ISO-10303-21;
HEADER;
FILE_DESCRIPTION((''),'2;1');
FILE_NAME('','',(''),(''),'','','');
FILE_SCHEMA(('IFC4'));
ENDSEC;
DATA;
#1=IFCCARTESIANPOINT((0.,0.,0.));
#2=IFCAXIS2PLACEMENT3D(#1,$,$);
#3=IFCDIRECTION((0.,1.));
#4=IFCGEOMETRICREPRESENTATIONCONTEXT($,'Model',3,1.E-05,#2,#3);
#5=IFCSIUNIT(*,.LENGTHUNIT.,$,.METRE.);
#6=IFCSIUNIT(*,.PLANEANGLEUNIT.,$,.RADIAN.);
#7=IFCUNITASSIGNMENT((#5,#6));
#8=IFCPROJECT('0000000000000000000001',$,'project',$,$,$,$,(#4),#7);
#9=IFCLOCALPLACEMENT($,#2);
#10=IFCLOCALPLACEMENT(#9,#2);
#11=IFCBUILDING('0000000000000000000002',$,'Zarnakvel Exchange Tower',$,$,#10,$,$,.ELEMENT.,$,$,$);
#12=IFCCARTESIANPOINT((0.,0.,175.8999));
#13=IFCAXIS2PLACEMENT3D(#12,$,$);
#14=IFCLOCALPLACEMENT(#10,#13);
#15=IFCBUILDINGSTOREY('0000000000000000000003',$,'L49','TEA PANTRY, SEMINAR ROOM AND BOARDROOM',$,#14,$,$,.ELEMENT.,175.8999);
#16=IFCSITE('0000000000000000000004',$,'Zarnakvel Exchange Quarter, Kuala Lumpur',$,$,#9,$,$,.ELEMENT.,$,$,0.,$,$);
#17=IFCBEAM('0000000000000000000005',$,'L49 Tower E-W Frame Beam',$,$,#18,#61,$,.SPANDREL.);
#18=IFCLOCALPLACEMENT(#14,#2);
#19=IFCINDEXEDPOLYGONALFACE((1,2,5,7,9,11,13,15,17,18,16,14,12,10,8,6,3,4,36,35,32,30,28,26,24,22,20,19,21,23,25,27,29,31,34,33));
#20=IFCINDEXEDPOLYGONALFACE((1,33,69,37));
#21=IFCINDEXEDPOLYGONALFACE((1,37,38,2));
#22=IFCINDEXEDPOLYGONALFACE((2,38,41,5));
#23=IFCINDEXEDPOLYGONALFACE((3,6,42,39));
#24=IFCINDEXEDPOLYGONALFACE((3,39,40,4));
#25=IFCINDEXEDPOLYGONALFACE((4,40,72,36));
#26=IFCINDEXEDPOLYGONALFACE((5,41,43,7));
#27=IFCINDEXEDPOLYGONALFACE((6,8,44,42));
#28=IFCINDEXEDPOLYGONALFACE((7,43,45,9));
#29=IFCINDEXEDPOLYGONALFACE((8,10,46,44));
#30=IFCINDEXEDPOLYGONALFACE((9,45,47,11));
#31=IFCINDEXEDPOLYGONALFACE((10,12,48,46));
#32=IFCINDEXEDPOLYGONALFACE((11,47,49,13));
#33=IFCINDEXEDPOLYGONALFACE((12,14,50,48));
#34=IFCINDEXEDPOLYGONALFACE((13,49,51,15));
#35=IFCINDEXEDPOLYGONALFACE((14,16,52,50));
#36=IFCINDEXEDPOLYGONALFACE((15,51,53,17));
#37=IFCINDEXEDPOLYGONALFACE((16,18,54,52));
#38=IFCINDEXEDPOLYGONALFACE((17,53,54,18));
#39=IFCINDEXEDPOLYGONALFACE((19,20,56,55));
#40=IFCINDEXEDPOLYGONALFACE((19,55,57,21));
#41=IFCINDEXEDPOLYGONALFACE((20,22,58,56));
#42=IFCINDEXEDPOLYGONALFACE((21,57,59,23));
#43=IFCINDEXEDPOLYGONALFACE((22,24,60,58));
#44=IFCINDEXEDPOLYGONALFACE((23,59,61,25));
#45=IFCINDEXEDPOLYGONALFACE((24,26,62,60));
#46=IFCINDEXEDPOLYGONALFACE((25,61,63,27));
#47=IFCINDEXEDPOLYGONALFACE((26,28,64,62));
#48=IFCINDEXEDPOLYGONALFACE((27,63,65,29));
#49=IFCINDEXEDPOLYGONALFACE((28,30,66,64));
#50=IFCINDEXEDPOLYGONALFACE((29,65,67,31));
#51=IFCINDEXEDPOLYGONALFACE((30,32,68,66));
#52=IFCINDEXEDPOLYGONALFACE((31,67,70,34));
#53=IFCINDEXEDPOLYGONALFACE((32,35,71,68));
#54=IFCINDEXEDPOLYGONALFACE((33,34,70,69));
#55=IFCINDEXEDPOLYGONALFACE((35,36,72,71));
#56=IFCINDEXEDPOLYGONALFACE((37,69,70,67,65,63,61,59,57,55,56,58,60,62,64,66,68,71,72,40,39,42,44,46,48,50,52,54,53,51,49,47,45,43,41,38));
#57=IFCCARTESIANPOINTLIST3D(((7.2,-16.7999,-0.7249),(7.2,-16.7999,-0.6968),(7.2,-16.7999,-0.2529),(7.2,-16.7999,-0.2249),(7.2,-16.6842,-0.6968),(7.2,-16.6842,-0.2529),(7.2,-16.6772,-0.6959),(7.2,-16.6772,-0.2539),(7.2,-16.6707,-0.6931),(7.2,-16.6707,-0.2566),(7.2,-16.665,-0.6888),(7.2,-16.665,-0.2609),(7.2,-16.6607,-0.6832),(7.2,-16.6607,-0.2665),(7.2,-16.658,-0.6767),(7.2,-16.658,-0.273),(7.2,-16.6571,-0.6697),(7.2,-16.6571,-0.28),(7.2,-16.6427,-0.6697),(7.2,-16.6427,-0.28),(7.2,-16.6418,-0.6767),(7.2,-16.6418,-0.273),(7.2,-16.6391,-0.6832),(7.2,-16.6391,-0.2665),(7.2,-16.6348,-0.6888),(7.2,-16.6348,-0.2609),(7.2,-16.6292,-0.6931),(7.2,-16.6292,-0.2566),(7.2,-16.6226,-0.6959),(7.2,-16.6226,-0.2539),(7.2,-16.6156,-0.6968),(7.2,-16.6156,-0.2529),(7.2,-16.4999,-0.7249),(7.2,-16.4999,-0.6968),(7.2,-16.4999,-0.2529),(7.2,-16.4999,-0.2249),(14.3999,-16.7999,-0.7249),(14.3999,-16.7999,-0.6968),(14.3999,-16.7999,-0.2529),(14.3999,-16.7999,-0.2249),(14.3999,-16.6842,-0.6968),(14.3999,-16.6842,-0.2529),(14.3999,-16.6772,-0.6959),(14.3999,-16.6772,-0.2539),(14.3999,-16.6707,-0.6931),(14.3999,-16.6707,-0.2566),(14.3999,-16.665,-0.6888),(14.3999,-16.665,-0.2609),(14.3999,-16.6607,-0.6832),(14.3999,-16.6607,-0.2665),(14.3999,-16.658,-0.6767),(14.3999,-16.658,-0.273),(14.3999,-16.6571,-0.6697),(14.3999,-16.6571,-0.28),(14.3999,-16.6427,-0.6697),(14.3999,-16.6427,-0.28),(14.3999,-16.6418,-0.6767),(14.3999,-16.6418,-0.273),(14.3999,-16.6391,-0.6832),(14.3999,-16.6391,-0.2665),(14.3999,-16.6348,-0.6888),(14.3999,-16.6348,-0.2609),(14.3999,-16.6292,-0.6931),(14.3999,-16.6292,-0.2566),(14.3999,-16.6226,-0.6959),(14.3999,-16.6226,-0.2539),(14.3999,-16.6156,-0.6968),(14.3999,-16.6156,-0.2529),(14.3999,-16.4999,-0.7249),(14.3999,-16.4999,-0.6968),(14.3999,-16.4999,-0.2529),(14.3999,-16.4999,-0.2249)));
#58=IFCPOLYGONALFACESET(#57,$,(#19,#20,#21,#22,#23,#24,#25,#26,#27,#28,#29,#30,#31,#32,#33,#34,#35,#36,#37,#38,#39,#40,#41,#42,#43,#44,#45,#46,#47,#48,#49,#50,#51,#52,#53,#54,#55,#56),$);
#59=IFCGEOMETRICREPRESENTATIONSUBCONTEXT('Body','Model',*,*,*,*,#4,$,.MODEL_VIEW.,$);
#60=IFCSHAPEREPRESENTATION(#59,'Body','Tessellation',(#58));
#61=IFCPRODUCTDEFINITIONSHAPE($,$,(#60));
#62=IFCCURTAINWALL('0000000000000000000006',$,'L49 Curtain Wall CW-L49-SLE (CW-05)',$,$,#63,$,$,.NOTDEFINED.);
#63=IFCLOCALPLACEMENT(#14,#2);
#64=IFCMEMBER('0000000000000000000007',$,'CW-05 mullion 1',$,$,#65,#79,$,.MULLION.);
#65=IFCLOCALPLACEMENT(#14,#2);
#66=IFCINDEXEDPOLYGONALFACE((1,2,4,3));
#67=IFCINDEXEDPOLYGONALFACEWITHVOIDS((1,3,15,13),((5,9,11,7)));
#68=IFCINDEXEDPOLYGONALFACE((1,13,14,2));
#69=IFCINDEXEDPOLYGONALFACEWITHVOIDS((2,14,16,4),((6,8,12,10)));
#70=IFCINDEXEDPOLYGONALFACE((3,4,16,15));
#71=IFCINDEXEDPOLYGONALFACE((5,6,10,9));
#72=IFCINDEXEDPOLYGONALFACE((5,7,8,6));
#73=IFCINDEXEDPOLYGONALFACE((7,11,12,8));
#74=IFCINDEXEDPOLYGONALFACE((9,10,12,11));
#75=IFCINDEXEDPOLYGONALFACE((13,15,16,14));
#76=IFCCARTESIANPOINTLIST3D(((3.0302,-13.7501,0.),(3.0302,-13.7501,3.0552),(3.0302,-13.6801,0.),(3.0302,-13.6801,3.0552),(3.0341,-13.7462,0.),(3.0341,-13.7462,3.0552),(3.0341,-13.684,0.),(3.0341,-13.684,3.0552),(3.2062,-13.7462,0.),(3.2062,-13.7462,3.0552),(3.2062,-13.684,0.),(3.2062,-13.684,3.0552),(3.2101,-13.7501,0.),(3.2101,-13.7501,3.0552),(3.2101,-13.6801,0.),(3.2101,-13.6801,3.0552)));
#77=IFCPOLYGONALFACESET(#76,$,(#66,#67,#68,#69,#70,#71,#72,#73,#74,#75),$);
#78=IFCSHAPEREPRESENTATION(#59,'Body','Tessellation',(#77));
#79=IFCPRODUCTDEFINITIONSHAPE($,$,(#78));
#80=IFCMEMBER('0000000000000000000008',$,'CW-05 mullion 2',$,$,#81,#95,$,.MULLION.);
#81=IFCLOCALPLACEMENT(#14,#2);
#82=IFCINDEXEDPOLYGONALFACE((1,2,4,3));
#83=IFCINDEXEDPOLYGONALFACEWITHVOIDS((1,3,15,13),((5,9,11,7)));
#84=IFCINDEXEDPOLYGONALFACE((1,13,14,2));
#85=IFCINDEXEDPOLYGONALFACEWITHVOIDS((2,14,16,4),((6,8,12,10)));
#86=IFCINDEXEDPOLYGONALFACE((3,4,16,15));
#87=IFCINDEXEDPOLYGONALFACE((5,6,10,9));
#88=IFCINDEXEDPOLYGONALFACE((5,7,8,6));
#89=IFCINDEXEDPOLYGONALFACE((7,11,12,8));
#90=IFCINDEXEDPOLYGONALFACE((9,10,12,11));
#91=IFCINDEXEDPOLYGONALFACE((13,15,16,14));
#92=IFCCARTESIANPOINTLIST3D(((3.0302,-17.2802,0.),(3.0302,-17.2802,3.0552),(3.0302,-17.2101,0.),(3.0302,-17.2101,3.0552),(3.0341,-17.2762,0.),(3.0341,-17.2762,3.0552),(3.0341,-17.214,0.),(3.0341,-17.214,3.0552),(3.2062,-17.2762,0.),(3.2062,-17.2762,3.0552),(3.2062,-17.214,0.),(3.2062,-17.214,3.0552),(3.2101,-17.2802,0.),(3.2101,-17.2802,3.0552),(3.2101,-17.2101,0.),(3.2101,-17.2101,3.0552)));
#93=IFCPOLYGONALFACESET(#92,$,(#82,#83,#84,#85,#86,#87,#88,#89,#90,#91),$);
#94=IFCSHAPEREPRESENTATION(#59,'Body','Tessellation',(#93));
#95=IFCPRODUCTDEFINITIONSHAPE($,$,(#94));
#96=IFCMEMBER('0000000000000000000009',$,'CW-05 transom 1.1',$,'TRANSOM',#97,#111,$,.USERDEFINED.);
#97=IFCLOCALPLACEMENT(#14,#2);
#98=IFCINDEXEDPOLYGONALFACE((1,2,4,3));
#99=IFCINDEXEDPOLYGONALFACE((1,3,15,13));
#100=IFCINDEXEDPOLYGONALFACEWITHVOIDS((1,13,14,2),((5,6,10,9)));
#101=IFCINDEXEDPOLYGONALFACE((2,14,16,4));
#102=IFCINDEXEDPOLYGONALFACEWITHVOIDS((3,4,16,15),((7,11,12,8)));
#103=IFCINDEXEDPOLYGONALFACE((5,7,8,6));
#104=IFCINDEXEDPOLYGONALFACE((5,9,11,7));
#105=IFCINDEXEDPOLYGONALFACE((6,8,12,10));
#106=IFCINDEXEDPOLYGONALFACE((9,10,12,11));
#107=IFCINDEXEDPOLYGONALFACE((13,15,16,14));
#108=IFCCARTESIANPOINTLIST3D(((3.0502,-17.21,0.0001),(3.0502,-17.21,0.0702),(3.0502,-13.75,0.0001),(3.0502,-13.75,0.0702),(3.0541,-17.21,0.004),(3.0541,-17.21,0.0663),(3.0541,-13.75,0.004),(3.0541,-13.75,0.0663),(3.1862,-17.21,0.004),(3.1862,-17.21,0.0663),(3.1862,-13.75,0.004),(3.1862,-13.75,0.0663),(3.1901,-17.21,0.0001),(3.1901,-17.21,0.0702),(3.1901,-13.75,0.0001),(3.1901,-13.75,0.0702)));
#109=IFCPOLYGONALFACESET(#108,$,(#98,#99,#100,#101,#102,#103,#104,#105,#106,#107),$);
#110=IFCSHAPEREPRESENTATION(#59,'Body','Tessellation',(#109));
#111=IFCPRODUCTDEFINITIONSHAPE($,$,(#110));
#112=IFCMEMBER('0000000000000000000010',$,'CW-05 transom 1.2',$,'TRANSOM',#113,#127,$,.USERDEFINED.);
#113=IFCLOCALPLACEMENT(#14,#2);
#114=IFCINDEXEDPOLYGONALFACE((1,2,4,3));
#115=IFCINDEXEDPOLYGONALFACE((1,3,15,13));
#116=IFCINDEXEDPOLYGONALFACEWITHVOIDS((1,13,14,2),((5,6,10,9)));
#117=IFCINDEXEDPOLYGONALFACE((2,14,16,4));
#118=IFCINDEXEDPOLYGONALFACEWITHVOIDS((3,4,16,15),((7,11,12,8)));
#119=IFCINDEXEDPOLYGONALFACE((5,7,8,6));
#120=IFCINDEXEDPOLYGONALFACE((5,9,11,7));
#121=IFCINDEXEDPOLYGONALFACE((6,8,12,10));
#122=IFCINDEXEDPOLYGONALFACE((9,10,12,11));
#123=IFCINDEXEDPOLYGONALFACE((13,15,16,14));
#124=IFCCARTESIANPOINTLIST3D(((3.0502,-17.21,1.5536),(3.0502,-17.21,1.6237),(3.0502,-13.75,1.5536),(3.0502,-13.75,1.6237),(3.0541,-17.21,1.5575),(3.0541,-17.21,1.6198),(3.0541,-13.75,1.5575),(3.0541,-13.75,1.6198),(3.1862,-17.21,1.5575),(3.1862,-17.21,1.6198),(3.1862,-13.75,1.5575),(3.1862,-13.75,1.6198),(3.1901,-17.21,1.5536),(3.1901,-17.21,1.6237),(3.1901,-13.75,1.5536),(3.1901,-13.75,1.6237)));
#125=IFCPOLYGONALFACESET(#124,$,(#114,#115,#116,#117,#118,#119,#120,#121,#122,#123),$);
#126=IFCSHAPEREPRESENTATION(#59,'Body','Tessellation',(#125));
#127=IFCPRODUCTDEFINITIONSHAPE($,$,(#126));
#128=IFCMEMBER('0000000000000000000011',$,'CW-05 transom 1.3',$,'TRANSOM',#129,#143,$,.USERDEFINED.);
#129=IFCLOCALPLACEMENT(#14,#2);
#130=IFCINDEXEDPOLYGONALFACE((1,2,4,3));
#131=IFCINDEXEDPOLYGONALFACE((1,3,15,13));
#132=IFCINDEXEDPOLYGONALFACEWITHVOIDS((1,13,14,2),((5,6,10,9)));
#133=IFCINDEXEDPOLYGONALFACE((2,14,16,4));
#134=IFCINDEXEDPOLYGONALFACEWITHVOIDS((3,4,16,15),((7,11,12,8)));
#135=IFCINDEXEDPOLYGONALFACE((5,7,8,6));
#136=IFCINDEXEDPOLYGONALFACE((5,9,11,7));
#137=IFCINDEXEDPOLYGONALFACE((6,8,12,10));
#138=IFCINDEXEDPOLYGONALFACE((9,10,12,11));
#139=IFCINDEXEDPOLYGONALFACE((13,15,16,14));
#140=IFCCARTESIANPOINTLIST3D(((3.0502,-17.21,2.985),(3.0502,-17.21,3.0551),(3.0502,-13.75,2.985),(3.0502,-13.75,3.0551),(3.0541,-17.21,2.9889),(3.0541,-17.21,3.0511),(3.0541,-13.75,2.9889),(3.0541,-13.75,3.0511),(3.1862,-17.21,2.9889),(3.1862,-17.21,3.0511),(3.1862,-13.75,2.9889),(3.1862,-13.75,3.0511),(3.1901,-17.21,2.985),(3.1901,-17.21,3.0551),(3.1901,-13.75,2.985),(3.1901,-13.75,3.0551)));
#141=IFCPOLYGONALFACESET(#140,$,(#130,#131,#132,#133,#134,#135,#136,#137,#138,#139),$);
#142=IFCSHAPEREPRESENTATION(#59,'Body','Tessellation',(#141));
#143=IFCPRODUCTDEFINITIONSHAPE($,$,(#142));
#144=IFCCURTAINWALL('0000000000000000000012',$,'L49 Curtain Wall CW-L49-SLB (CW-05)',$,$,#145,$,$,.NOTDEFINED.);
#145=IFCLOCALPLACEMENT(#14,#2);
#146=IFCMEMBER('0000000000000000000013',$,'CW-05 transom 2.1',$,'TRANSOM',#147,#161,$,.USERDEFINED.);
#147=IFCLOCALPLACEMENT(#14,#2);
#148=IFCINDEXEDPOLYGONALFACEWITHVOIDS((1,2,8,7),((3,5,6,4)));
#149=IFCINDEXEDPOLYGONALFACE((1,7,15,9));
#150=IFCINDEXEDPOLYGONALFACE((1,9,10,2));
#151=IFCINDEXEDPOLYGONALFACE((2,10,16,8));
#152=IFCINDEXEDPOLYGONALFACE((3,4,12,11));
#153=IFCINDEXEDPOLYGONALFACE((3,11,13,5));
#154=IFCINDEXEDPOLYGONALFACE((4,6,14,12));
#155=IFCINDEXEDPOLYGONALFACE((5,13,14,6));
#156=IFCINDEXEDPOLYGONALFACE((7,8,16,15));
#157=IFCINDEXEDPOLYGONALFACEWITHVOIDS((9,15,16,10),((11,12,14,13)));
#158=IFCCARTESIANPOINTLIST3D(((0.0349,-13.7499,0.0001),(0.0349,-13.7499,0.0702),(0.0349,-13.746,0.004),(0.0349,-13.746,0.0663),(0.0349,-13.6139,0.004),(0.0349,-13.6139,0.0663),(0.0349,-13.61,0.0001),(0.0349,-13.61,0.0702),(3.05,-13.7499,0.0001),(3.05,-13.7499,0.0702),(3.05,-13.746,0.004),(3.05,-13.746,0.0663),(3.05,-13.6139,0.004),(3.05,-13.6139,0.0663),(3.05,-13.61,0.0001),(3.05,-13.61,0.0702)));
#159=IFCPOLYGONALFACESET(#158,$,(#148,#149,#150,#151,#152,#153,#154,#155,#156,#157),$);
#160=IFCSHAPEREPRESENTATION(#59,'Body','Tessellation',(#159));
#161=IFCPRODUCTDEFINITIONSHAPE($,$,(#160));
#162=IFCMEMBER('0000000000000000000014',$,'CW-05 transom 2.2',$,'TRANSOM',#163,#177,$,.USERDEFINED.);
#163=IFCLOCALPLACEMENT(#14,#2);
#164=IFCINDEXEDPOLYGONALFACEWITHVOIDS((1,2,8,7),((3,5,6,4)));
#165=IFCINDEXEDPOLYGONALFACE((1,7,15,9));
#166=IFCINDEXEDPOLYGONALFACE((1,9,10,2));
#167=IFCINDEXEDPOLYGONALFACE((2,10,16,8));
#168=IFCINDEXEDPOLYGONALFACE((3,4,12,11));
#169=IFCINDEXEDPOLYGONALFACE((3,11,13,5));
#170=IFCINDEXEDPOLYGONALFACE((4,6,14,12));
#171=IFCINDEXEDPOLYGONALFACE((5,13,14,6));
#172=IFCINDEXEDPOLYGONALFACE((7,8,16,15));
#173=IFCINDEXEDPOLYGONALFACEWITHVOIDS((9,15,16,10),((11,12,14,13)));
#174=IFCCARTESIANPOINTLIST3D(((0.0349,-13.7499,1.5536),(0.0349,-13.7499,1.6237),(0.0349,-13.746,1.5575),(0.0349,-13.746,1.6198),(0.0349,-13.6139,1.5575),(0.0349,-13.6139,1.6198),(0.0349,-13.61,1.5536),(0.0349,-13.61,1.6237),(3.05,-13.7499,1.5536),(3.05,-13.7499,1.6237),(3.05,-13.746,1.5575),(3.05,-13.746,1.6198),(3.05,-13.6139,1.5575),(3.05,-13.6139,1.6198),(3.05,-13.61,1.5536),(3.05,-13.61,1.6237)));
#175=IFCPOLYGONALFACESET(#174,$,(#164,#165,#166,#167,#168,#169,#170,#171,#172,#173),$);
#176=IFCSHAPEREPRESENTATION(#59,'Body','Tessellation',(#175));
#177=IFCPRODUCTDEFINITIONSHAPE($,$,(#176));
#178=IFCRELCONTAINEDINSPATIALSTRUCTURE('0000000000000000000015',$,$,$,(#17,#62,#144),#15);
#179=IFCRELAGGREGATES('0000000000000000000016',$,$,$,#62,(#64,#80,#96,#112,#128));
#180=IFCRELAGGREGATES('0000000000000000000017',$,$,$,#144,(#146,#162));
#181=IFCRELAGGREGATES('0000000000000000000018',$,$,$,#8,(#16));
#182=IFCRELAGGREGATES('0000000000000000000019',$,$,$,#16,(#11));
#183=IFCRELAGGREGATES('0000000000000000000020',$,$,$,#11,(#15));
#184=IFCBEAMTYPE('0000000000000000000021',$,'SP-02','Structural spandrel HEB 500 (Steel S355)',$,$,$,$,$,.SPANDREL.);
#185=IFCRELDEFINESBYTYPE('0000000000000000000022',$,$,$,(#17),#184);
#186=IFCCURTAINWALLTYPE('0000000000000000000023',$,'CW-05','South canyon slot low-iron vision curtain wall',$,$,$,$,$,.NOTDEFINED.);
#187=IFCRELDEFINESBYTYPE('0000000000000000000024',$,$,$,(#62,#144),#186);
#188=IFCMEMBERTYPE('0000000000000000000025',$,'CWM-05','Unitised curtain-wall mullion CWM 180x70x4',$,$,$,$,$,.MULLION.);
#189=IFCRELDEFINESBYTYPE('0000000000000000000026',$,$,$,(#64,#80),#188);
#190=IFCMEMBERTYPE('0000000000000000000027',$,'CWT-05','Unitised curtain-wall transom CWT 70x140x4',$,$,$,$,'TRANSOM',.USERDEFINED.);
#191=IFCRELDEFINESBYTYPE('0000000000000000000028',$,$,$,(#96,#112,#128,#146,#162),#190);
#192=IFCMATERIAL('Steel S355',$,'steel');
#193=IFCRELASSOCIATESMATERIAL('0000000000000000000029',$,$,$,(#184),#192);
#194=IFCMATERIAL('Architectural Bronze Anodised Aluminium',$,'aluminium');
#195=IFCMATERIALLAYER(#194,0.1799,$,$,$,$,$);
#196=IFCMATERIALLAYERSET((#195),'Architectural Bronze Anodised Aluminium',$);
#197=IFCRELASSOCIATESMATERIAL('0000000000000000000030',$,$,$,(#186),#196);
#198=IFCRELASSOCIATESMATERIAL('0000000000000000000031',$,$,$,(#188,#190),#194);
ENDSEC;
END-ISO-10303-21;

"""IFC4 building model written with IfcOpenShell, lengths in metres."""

from ifc_helpers import new_model, si_unit, direction, frame, origin, origin_2d, place, context, subcontext, project, spatial, hollow_rectangle, i_section, extrude, source, transform, mapped, material, layer, layer_set, material_profile, profile_set, type_object, element, aggregate, save


model = new_model("IFC4")

# Units and contexts
model_context = context("Model", 3, precision=1e-05, world=origin(), true_north=direction((0.0, 1.0)))
body_context = subcontext(model_context, "Body", "Model", "MODEL_VIEW")
ifc_project = project(units=[si_unit("LENGTHUNIT", "METRE"), si_unit("PLANEANGLEUNIT", "RADIAN")], contexts=[model_context])

# Site, building, storey
site_placement = place(None, origin())
site = spatial("IfcSite", under=ifc_project, at=site_placement, Name="Zarnakvel Exchange Quarter, Kuala Lumpur", CompositionType="ELEMENT", RefElevation=0.0)
building_placement = place(site_placement, origin())
building = spatial("IfcBuilding", under=site, at=building_placement, Name="Zarnakvel Exchange Tower", CompositionType="ELEMENT")
storey_placement = place(building_placement, frame((0.0, 0.0, 175.8999)))
storey = spatial("IfcBuildingStorey", under=building, at=storey_placement, Name="L49", Description="TEA PANTRY, SEMINAR ROOM AND BOARDROOM", CompositionType="ELEMENT", Elevation=175.8999)

# Beam
ifc_material_1 = material(Name="Steel S355", Category="steel")
ifc_material_profile_1 = material_profile(ifc_material_1, i_section(OverallWidth=0.3, OverallDepth=0.5, WebThickness=0.0144, FlangeThickness=0.0281, FilletRadius=0.0271, at=origin_2d()))
ifc_profile_set_1 = profile_set([ifc_material_profile_1], Name="Steel S355")
beam_type_1 = type_object("IfcBeamType", Name="SP-02", Description="Structural spandrel HEB 500 (Steel S355)", PredefinedType="SPANDREL", material=ifc_profile_set_1)
beam_1_placement = place(storey_placement, frame((7.2, -16.6499, -0.4749), z_axis=(1.0, 0.0, 0.0), x_axis=(0.0, 1.0, 0.0)))
element("IfcBeam", 1, at=beam_1_placement, inside=storey, type_object=beam_type_1, Name="L49 Tower E-W Frame Beam", PredefinedType="SPANDREL", context=body_context, shape_type="SweptSolid", body=[
    extrude(i_section(OverallWidth=0.3, OverallDepth=0.5, WebThickness=0.0144, FlangeThickness=0.0281, FilletRadius=0.0271, at=origin_2d()), origin(), (0.0, 0.0, 1.0), 7.2),
])

# Curtain walls, members
ifc_material_2 = material(Name="Architectural Bronze Anodised Aluminium", Category="aluminium")
ifc_layer_1 = layer(ifc_material_2, 0.1799)
ifc_layer_set_1 = layer_set([ifc_layer_1], Name="Architectural Bronze Anodised Aluminium")
curtain_wall_type = type_object("IfcCurtainWallType", Name="CW-05", Description="South canyon slot low-iron vision curtain wall", PredefinedType="NOTDEFINED", material=ifc_layer_set_1)
curtain_wall_1_placement = place(storey_placement, origin())
curtain_wall_1 = element("IfcCurtainWall", 2, at=curtain_wall_1_placement, inside=storey, type_object=curtain_wall_type, Name="L49 Curtain Wall CW-L49-SLE (CW-05)", PredefinedType="NOTDEFINED")
ifc_material_profile_2 = material_profile(ifc_material_2, hollow_rectangle(XDim=0.1799, YDim=0.0701, WallThickness=0.0039, at=origin_2d()))
ifc_profile_set_2 = profile_set([ifc_material_profile_2], Name="Architectural Bronze Anodised Aluminium")
member_type_1 = type_object("IfcMemberType", Name="CWM-05", Description="Unitised curtain-wall mullion CWM 180x70x4", PredefinedType="MULLION", material=ifc_profile_set_2)
shared_shape_1 = source(origin(), body_context, "Body", "SweptSolid", [
    extrude(hollow_rectangle(XDim=0.1799, YDim=0.0701, WallThickness=0.0039, at=origin_2d()), origin(), (0.0, 0.0, 1.0), 3.0552),
])
member_1_placement = place(storey_placement, frame((3.1201, -13.7151, 0.0), z_axis=(0.0, 0.0, 1.0), x_axis=(1.0, 0.0, 0.0)))
member_1 = element("IfcMember", 3, at=member_1_placement, type_object=member_type_1, Name="CW-05 mullion 1", PredefinedType="MULLION", context=body_context, shape_type="MappedRepresentation", body=[
    mapped(shared_shape_1, transform((0.0, 0.0, 0.0), x_axis=(1.0, 0.0, 0.0), y_axis=(0.0, 1.0, 0.0), z_axis=(0.0, 0.0, 1.0), scale=1.0)),
])
member_2_placement = place(storey_placement, frame((3.1201, -17.2451, 0.0), z_axis=(0.0, 0.0, 1.0), x_axis=(1.0, 0.0, 0.0)))
member_2 = element("IfcMember", 4, at=member_2_placement, type_object=member_type_1, Name="CW-05 mullion 2", PredefinedType="MULLION", context=body_context, shape_type="MappedRepresentation", body=[
    mapped(shared_shape_1, transform((0.0, 0.0, 0.0), x_axis=(1.0, 0.0, 0.0), y_axis=(0.0, 1.0, 0.0), z_axis=(0.0, 0.0, 1.0), scale=1.0)),
])
ifc_material_profile_3 = material_profile(ifc_material_2, hollow_rectangle(XDim=0.1399, YDim=0.0701, WallThickness=0.0039, at=origin_2d()))
ifc_profile_set_3 = profile_set([ifc_material_profile_3], Name="Architectural Bronze Anodised Aluminium")
member_type_2 = type_object("IfcMemberType", Name="CWT-05", Description="Unitised curtain-wall transom CWT 70x140x4", ElementType="TRANSOM", PredefinedType="USERDEFINED", material=ifc_profile_set_3)
shared_shape_2 = source(origin(), body_context, "Body", "SweptSolid", [
    extrude(hollow_rectangle(XDim=0.1399, YDim=0.0701, WallThickness=0.0039, at=origin_2d()), origin(), (0.0, 0.0, 1.0), 3.46),
])
member_3_placement = place(storey_placement, frame((3.1201, -13.75, 0.0352), z_axis=(0.0, -1.0, 0.0), x_axis=(1.0, 0.0, 0.0)))
member_3 = element("IfcMember", 5, at=member_3_placement, type_object=member_type_2, Name="CW-05 transom 1.1", ObjectType="TRANSOM", PredefinedType="USERDEFINED", context=body_context, shape_type="MappedRepresentation", body=[
    mapped(shared_shape_2, transform((0.0, 0.0, 0.0), x_axis=(1.0, 0.0, 0.0), y_axis=(0.0, 1.0, 0.0), z_axis=(0.0, 0.0, 1.0), scale=1.0)),
])
member_4_placement = place(storey_placement, frame((3.1201, -13.75, 1.5886), z_axis=(0.0, -1.0, 0.0), x_axis=(1.0, 0.0, 0.0)))
member_4 = element("IfcMember", 6, at=member_4_placement, type_object=member_type_2, Name="CW-05 transom 1.2", ObjectType="TRANSOM", PredefinedType="USERDEFINED", context=body_context, shape_type="MappedRepresentation", body=[
    mapped(shared_shape_2, transform((0.0, 0.0, 0.0), x_axis=(1.0, 0.0, 0.0), y_axis=(0.0, 1.0, 0.0), z_axis=(0.0, 0.0, 1.0), scale=1.0)),
])
member_5_placement = place(storey_placement, frame((3.1201, -13.75, 3.02), z_axis=(0.0, -1.0, 0.0), x_axis=(1.0, 0.0, 0.0)))
member_5 = element("IfcMember", 7, at=member_5_placement, type_object=member_type_2, Name="CW-05 transom 1.3", ObjectType="TRANSOM", PredefinedType="USERDEFINED", context=body_context, shape_type="MappedRepresentation", body=[
    mapped(shared_shape_2, transform((0.0, 0.0, 0.0), x_axis=(1.0, 0.0, 0.0), y_axis=(0.0, 1.0, 0.0), z_axis=(0.0, 0.0, 1.0), scale=1.0)),
])
curtain_wall_2_placement = place(storey_placement, origin())
curtain_wall_2 = element("IfcCurtainWall", 8, at=curtain_wall_2_placement, inside=storey, type_object=curtain_wall_type, Name="L49 Curtain Wall CW-L49-SLB (CW-05)", PredefinedType="NOTDEFINED")
shared_shape_3 = source(origin(), body_context, "Body", "SweptSolid", [
    extrude(hollow_rectangle(XDim=0.1399, YDim=0.0701, WallThickness=0.0039, at=origin_2d()), origin(), (0.0, 0.0, 1.0), 3.0151),
])
member_6_placement = place(storey_placement, frame((0.0349, -13.6799, 0.0352), z_axis=(1.0, 0.0, 0.0), x_axis=(0.0, 1.0, 0.0)))
member_6 = element("IfcMember", 9, at=member_6_placement, type_object=member_type_2, Name="CW-05 transom 2.1", ObjectType="TRANSOM", PredefinedType="USERDEFINED", context=body_context, shape_type="MappedRepresentation", body=[
    mapped(shared_shape_3, transform((0.0, 0.0, 0.0), x_axis=(1.0, 0.0, 0.0), y_axis=(0.0, 1.0, 0.0), z_axis=(0.0, 0.0, 1.0), scale=1.0)),
])
member_7_placement = place(storey_placement, frame((0.0349, -13.6799, 1.5886), z_axis=(1.0, 0.0, 0.0), x_axis=(0.0, 1.0, 0.0)))
member_7 = element("IfcMember", 10, at=member_7_placement, type_object=member_type_2, Name="CW-05 transom 2.2", ObjectType="TRANSOM", PredefinedType="USERDEFINED", context=body_context, shape_type="MappedRepresentation", body=[
    mapped(shared_shape_3, transform((0.0, 0.0, 0.0), x_axis=(1.0, 0.0, 0.0), y_axis=(0.0, 1.0, 0.0), z_axis=(0.0, 0.0, 1.0), scale=1.0)),
])

aggregate(curtain_wall_1, [member_1, member_2, member_3, member_4, member_5])
aggregate(curtain_wall_2, [member_6, member_7])

save(model, "model.ifc")
